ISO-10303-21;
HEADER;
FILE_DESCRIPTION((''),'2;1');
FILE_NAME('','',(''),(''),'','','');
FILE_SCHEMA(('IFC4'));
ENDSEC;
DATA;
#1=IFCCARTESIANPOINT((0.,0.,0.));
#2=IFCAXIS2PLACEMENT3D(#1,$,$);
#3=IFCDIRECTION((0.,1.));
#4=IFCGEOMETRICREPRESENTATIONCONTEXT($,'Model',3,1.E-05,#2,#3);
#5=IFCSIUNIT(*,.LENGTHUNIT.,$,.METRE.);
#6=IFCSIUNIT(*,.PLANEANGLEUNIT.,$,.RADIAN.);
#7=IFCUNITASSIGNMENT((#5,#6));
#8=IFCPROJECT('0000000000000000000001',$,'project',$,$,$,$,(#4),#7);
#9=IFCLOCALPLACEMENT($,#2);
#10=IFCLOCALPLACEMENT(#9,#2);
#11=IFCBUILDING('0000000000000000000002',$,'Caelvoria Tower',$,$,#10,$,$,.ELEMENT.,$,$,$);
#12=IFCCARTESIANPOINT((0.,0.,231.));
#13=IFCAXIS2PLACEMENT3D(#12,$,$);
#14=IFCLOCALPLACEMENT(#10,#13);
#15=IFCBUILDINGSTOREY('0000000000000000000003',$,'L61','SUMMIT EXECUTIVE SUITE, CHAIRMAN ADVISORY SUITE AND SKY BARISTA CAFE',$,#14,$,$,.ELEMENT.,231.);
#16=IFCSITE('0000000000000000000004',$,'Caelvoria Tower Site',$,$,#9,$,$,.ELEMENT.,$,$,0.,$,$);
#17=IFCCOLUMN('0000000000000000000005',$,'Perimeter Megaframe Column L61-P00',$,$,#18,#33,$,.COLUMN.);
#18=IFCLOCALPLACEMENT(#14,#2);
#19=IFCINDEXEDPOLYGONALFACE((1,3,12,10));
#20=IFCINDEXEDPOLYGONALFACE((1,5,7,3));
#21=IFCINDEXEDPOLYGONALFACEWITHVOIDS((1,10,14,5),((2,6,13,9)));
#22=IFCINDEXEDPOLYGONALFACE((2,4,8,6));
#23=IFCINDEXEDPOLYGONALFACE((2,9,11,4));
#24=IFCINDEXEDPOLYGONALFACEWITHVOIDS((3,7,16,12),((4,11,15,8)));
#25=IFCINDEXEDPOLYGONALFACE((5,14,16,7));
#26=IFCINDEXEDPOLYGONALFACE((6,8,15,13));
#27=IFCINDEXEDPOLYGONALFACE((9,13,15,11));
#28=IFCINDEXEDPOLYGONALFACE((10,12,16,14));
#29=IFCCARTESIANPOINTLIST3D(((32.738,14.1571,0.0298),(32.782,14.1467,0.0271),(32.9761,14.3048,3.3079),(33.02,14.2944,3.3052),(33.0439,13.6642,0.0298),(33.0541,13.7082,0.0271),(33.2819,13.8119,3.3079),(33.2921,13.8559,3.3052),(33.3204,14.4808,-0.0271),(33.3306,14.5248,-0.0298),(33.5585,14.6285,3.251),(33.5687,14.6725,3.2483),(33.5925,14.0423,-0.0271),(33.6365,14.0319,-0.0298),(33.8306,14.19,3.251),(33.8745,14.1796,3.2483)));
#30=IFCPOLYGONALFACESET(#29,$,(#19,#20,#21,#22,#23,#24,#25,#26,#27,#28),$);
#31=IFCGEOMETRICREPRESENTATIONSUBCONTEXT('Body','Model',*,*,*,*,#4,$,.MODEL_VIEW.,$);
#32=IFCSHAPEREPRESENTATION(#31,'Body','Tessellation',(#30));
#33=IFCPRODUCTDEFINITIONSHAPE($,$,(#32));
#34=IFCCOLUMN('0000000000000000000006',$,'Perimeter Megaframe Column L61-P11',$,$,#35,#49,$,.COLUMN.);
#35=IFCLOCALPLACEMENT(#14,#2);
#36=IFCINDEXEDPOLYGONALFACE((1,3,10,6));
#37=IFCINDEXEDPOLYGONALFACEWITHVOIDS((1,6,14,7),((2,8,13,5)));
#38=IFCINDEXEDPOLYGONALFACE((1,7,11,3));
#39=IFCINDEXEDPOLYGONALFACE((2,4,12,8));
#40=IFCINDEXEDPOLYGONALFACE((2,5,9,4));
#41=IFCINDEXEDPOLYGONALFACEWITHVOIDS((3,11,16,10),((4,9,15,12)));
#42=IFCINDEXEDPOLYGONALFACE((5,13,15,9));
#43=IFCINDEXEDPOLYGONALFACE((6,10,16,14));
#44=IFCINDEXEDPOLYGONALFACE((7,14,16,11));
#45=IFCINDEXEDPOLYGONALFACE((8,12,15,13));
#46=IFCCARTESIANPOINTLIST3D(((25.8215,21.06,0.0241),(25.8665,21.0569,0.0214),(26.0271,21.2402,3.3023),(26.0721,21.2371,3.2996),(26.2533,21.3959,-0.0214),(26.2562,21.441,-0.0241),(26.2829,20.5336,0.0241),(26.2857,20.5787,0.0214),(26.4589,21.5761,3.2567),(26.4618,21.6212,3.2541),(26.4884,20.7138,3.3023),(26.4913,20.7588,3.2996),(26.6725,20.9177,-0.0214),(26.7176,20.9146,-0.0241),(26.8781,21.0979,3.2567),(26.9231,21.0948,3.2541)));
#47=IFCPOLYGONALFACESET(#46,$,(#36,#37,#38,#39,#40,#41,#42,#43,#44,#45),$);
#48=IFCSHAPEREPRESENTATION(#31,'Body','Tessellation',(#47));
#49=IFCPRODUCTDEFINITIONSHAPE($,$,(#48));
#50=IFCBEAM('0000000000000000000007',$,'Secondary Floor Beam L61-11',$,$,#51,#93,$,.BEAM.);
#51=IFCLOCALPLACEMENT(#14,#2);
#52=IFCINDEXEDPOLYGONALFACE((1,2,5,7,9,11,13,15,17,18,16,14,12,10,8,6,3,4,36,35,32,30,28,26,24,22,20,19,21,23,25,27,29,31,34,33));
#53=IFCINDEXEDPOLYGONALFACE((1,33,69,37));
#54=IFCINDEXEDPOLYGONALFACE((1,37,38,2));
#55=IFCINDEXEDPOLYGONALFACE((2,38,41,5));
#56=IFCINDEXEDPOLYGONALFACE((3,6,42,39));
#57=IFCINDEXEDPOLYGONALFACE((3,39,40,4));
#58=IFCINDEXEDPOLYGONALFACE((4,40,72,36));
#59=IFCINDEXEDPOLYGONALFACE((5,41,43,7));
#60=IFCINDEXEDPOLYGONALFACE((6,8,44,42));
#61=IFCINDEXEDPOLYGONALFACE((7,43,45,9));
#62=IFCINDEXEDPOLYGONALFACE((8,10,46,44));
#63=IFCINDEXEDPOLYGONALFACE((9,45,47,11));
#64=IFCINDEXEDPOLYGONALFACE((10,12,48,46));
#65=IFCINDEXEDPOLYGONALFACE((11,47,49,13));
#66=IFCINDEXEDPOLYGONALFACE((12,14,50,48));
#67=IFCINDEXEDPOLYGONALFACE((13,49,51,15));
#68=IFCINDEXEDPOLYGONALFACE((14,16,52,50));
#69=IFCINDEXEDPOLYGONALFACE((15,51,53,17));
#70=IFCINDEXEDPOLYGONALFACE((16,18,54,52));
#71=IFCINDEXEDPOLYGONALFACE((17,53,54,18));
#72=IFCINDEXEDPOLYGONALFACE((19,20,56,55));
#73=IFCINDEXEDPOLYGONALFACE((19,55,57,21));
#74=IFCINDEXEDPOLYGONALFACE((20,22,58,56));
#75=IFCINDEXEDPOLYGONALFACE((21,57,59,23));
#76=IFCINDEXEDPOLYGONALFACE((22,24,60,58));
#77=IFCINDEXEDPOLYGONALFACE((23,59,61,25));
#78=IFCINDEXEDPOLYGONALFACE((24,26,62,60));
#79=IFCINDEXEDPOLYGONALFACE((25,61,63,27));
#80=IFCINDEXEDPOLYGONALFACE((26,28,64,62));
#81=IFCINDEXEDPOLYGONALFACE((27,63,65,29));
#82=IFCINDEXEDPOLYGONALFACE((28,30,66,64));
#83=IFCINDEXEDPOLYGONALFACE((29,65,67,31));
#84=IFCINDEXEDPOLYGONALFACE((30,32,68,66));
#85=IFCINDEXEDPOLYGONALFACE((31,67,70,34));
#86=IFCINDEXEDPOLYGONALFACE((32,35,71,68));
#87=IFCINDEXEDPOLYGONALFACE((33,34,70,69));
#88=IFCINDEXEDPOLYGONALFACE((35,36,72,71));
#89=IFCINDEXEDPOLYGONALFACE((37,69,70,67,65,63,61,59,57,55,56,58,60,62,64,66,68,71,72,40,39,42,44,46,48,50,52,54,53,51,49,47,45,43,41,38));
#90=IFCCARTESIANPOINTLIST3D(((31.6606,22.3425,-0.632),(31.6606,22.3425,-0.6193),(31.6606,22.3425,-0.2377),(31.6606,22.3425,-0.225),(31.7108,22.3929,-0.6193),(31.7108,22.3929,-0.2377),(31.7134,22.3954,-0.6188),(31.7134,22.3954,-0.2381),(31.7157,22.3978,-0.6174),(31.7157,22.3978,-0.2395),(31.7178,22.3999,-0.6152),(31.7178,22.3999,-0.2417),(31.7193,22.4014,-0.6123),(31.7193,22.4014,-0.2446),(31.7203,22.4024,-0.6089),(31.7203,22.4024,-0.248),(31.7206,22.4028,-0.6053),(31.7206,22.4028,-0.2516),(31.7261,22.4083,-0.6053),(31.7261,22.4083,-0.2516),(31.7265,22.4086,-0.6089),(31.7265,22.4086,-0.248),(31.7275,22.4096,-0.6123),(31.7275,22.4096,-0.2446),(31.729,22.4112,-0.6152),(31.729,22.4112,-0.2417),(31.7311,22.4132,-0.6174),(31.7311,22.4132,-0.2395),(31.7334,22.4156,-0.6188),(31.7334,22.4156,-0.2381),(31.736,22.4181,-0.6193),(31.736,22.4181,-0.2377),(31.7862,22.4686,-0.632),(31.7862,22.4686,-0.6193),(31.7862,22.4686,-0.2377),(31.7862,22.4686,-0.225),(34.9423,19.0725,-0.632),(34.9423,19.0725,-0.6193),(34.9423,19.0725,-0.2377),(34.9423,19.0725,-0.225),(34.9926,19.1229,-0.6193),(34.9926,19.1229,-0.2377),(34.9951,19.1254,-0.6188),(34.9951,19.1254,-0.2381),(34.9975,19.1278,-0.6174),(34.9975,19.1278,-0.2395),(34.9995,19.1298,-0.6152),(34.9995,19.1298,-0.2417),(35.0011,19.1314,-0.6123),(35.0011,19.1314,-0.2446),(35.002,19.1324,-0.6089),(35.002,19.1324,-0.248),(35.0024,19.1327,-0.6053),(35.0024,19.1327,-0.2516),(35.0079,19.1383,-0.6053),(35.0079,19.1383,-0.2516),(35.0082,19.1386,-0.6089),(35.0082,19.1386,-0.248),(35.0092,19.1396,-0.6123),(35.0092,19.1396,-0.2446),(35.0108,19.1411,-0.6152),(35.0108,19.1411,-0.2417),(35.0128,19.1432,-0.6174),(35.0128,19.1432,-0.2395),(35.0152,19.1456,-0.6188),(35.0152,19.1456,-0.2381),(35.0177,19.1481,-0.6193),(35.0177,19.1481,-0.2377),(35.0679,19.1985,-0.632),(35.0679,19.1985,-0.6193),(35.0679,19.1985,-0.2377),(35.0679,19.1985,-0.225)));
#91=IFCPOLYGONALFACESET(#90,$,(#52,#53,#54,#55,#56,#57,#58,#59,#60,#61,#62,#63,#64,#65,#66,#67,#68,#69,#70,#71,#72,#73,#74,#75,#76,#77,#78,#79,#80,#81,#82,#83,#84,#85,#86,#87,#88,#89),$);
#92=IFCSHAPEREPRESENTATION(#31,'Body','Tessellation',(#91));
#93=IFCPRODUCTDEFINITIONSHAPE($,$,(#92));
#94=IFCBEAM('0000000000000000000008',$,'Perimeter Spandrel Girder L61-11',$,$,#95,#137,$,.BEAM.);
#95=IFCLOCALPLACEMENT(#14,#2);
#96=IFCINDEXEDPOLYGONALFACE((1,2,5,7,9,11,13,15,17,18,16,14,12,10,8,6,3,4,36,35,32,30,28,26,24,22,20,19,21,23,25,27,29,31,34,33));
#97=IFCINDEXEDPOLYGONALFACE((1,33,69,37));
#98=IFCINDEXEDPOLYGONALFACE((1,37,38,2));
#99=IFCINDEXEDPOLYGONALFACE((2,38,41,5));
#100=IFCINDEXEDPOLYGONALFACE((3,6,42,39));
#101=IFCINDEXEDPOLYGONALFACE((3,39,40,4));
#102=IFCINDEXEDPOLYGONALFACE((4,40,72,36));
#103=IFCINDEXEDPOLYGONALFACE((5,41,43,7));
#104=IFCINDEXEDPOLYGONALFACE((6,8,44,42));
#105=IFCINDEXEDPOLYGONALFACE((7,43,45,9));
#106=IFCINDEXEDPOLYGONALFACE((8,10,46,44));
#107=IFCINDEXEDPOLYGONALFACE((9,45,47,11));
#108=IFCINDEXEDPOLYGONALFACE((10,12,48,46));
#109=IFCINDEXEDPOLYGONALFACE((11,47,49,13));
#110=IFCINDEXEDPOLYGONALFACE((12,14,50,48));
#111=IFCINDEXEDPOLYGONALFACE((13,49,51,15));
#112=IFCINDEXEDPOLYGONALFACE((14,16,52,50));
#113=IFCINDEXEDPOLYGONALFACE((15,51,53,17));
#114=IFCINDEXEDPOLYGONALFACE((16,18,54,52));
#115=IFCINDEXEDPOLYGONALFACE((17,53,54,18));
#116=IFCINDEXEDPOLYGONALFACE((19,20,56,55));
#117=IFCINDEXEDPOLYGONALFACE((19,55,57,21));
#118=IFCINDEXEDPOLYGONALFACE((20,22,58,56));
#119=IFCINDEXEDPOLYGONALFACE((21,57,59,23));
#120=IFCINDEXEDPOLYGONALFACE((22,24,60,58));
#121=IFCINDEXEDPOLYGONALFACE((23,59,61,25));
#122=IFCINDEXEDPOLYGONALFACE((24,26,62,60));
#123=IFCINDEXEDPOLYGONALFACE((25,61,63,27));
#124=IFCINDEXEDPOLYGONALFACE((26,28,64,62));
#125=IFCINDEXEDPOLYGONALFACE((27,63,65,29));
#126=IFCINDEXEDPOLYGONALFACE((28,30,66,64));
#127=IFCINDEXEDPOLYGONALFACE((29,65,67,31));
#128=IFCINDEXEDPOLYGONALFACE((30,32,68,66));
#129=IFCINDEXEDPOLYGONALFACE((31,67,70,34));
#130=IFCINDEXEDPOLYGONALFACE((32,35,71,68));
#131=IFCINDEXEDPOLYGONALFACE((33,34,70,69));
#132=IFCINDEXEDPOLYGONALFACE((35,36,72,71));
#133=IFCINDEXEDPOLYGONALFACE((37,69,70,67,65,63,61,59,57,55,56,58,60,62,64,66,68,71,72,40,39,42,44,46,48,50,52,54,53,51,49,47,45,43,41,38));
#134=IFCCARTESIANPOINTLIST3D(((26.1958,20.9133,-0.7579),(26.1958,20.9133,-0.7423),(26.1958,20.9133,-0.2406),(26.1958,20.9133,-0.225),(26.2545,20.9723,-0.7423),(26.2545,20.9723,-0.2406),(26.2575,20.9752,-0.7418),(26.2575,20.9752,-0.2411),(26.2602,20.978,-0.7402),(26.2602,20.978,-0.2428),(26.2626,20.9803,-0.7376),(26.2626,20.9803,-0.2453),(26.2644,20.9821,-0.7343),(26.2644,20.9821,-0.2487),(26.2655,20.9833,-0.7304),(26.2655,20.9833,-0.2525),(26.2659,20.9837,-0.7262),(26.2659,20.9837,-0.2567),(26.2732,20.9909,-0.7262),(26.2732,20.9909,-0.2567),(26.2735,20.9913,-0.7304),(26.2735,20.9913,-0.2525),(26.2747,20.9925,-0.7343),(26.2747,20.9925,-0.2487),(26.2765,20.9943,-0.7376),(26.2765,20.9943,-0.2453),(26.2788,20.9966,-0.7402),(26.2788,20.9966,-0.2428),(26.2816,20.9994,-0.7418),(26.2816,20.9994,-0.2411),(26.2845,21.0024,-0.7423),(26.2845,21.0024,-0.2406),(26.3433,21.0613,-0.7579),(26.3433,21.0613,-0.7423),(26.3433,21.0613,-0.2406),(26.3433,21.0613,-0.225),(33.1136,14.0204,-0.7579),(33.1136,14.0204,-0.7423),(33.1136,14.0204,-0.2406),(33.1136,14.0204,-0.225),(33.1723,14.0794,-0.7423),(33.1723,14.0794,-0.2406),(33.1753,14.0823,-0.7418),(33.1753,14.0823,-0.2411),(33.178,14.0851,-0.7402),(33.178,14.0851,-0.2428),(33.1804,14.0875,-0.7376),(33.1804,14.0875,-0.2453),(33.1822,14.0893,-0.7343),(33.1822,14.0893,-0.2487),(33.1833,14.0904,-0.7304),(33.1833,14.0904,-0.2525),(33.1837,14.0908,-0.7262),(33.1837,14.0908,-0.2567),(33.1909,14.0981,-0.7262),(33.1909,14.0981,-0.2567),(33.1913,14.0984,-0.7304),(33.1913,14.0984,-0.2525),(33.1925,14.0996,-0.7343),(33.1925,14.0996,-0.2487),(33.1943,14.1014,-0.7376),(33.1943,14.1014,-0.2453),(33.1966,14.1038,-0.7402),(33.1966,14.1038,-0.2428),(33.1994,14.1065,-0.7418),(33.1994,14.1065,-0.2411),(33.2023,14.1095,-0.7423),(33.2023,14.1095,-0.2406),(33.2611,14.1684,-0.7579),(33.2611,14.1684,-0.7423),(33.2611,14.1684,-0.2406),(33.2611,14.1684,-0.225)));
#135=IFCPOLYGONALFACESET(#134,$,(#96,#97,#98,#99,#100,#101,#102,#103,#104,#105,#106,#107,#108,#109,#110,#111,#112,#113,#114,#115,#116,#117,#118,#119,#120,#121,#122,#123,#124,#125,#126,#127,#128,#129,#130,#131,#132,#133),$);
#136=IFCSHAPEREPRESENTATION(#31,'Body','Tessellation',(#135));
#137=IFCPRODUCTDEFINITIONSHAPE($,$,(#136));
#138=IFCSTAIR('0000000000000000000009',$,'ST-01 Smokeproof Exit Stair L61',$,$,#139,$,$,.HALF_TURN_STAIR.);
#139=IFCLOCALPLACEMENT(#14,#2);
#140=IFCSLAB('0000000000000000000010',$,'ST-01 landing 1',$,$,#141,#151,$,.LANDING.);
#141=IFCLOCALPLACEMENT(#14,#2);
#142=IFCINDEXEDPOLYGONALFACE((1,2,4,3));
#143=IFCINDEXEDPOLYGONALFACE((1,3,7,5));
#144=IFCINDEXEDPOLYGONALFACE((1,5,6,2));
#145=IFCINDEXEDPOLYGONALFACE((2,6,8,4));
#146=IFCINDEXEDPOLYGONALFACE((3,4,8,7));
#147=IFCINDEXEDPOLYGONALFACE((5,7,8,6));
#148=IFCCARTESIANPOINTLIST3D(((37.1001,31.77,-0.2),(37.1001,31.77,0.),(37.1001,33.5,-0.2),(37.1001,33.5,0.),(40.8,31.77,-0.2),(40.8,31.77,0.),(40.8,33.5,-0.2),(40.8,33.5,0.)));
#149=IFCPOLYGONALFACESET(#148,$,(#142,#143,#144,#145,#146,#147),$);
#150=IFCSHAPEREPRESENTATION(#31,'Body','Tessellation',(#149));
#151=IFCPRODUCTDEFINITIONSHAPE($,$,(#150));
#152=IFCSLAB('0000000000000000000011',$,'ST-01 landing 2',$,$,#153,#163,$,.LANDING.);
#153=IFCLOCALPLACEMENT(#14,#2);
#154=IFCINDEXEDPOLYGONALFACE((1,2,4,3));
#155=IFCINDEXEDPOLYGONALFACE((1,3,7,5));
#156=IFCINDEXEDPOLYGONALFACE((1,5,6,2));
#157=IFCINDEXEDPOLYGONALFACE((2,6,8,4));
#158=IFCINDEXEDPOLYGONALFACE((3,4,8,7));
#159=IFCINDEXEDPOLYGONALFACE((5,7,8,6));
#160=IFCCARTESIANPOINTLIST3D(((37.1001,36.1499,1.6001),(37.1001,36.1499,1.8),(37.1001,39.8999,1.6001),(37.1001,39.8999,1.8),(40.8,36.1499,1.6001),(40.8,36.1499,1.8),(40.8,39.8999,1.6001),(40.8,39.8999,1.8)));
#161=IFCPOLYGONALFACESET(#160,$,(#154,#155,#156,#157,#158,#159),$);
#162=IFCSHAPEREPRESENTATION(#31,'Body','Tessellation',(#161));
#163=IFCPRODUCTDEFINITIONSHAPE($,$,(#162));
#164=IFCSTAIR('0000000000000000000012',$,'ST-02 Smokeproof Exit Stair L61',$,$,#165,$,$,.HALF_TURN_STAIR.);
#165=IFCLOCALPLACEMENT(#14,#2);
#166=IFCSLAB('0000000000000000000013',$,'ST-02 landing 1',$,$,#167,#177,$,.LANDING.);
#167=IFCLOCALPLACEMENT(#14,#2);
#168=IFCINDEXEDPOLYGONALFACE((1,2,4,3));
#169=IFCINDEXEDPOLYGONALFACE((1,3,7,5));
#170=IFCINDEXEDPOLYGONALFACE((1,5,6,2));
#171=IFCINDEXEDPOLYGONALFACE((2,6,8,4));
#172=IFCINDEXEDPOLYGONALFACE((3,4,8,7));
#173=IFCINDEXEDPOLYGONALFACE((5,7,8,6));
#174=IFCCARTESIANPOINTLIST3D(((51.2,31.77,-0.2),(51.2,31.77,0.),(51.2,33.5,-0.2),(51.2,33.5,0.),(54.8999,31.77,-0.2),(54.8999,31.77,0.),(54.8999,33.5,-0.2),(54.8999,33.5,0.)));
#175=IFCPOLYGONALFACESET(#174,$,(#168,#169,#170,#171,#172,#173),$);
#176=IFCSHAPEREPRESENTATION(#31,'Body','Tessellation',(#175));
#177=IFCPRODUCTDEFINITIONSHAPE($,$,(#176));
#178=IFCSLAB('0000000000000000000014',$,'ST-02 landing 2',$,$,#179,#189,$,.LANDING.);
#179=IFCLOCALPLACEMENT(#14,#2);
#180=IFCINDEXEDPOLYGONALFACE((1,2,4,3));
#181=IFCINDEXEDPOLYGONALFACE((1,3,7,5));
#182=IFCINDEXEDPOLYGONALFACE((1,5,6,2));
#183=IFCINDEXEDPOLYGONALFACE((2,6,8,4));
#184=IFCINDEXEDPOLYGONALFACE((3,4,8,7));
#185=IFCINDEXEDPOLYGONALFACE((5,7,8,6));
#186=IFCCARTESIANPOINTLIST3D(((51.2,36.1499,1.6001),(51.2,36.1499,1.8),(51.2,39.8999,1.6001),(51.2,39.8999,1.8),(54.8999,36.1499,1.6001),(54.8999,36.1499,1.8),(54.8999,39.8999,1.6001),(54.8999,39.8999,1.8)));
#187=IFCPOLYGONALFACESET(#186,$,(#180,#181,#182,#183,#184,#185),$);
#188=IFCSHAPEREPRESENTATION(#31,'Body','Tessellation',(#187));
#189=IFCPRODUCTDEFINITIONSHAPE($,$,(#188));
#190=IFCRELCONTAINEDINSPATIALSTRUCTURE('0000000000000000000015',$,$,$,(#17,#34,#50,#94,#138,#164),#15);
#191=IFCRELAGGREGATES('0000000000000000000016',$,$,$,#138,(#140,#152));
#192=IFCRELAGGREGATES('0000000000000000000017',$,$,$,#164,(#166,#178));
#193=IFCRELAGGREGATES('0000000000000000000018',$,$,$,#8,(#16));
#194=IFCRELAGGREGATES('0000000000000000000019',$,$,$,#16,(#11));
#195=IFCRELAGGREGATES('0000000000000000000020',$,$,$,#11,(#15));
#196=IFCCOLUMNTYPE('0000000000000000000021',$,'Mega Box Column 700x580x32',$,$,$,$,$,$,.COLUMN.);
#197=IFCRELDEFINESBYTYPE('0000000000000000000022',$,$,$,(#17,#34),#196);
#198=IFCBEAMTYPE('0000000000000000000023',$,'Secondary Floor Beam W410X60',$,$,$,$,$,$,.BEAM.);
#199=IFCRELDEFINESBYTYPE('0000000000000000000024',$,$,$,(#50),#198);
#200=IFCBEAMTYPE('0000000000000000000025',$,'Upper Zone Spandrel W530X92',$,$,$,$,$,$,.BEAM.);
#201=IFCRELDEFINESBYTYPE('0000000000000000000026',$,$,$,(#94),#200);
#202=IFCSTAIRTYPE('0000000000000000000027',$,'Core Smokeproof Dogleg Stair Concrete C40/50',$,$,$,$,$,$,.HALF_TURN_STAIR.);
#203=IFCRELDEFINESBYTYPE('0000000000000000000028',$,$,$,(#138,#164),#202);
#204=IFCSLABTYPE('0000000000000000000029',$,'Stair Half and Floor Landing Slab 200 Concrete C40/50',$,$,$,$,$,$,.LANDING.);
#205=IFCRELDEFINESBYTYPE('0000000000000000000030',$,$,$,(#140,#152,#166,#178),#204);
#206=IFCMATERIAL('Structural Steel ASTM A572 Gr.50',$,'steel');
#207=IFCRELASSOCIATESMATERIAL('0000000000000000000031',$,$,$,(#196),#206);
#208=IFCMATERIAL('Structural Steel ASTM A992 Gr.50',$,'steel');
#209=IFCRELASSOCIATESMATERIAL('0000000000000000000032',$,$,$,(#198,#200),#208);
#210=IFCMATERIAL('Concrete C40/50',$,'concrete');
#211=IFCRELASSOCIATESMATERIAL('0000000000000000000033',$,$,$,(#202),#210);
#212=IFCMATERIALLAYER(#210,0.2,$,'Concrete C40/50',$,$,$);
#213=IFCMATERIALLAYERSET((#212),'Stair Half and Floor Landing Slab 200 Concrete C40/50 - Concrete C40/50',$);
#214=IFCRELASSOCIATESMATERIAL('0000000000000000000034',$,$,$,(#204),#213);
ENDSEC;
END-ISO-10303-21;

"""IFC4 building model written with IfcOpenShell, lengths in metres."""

from ifc_helpers import new_model, si_unit, direction, frame, origin, origin_2d, place, context, subcontext, project, spatial, polyline, hollow_rectangle, i_section, outline, extrude, material, layer, layer_set, material_profile, profile_set, type_object, element, aggregate, save


model = new_model("IFC4")

# Units and contexts
model_context = context("Model", 3, precision=1e-05, world=origin(), true_north=direction((0.0, 1.0)))
body_context = subcontext(model_context, "Body", "Model", "MODEL_VIEW")
ifc_project = project(units=[si_unit("LENGTHUNIT", "METRE"), si_unit("PLANEANGLEUNIT", "RADIAN")], contexts=[model_context])

# Site, building, storey
site_placement = place(None, origin())
site = spatial("IfcSite", under=ifc_project, at=site_placement, Name="Caelvoria Tower Site", CompositionType="ELEMENT", RefElevation=0.0)
building_placement = place(site_placement, origin())
building = spatial("IfcBuilding", under=site, at=building_placement, Name="Caelvoria Tower", CompositionType="ELEMENT")
storey_placement = place(building_placement, frame((0.0, 0.0, 231.0)))
storey = spatial("IfcBuildingStorey", under=building, at=storey_placement, Name="L61", Description="SUMMIT EXECUTIVE SUITE, CHAIRMAN ADVISORY SUITE AND SKY BARISTA CAFE", CompositionType="ELEMENT", Elevation=231.0)

# Columns
ifc_material_1 = material(Name="Structural Steel ASTM A572 Gr.50", Category="steel")
ifc_material_profile_1 = material_profile(ifc_material_1, hollow_rectangle(XDim=0.5801, YDim=0.7, WallThickness=0.032, at=origin_2d()), Name="Structural Steel ASTM A572 Gr.50")
ifc_profile_set_1 = profile_set([ifc_material_profile_1], Name="BOX700X580X32 - Structural Steel ASTM A572 Gr.50")
column_type = type_object("IfcColumnType", Name="Mega Box Column 700x580x32", PredefinedType="COLUMN", material=ifc_profile_set_1)
column_1_placement = place(storey_placement, frame((33.1873, 14.0945, 0.0), z_axis=(0.072351, 0.044895, 0.996368), x_axis=(-0.527254, 0.849707, 0.0)))
element("IfcColumn", 1, at=column_1_placement, inside=storey, type_object=column_type, Name="Perimeter Megaframe Column L61-P00", PredefinedType="COLUMN", context=body_context, shape_type="SweptSolid", body=[
    extrude(hollow_rectangle(XDim=0.5801, YDim=0.7, WallThickness=0.032, at=origin_2d()), origin(), (0.0, 0.0, 1.0), 3.29),
])
column_2_placement = place(storey_placement, frame((26.2695, 20.9873, 0.0), z_axis=(0.062493, 0.054774, 0.996541), x_axis=(-0.749422, -0.656857, 0.083099)))
element("IfcColumn", 2, at=column_2_placement, inside=storey, type_object=column_type, Name="Perimeter Megaframe Column L61-P11", PredefinedType="COLUMN", context=body_context, shape_type="SweptSolid", body=[
    extrude(hollow_rectangle(XDim=0.5801, YDim=0.7, WallThickness=0.032, at=origin_2d()), origin(), (0.0, 0.0, 1.0), 3.2896),
])

# Beams
ifc_material_2 = material(Name="Structural Steel ASTM A992 Gr.50", Category="steel")
ifc_material_profile_2 = material_profile(ifc_material_2, i_section(OverallWidth=0.178, OverallDepth=0.407, WebThickness=0.0078, FlangeThickness=0.0127, FilletRadius=0.0139, at=origin_2d()), Name="Structural Steel ASTM A992 Gr.50")
ifc_profile_set_2 = profile_set([ifc_material_profile_2], Name="W410X60 - Structural Steel ASTM A992 Gr.50")
beam_type_1 = type_object("IfcBeamType", Name="Secondary Floor Beam W410X60", PredefinedType="BEAM", material=ifc_profile_set_2)
beam_1_placement = place(storey_placement, frame((31.7234, 22.4055, -0.4285), z_axis=(0.70837, -0.705841, 0.0), x_axis=(0.705841, 0.70837, 0.0)))
element("IfcBeam", 3, at=beam_1_placement, inside=storey, type_object=beam_type_1, Name="Secondary Floor Beam L61-11", PredefinedType="BEAM", context=body_context, shape_type="SweptSolid", body=[
    extrude(i_section(OverallWidth=0.178, OverallDepth=0.407, WebThickness=0.0078, FlangeThickness=0.0127, FilletRadius=0.0139, at=origin_2d()), origin(), (0.0, 0.0, 1.0), 4.6328),
])
ifc_material_profile_3 = material_profile(ifc_material_2, i_section(OverallWidth=0.209, OverallDepth=0.533, WebThickness=0.0103, FlangeThickness=0.0156, FilletRadius=0.0161, at=origin_2d()), Name="Structural Steel ASTM A992 Gr.50")
ifc_profile_set_3 = profile_set([ifc_material_profile_3], Name="W530X92 - Structural Steel ASTM A992 Gr.50")
beam_type_2 = type_object("IfcBeamType", Name="Upper Zone Spandrel W530X92", PredefinedType="BEAM", material=ifc_profile_set_3)
beam_2_placement = place(storey_placement, frame((26.2695, 20.9873, -0.4915), z_axis=(0.708381, -0.705831, 0.0), x_axis=(0.705831, 0.708381, 0.0)))
element("IfcBeam", 4, at=beam_2_placement, inside=storey, type_object=beam_type_2, Name="Perimeter Spandrel Girder L61-11", PredefinedType="BEAM", context=body_context, shape_type="SweptSolid", body=[
    extrude(i_section(OverallWidth=0.209, OverallDepth=0.533, WebThickness=0.0103, FlangeThickness=0.0156, FilletRadius=0.0161, at=origin_2d()), origin(), (0.0, 0.0, 1.0), 9.7656),
])

# Stairs, slabs
ifc_material_3 = material(Name="Concrete C40/50", Category="concrete")
stair_type = type_object("IfcStairType", Name="Core Smokeproof Dogleg Stair Concrete C40/50", PredefinedType="HALF_TURN_STAIR", material=ifc_material_3)
stair_1_placement = place(storey_placement, origin())
stair_1 = element("IfcStair", 5, at=stair_1_placement, inside=storey, type_object=stair_type, Name="ST-01 Smokeproof Exit Stair L61", PredefinedType="HALF_TURN_STAIR")
ifc_layer_1 = layer(ifc_material_3, 0.2, Name="Concrete C40/50")
ifc_layer_set_1 = layer_set([ifc_layer_1], Name="Stair Half and Floor Landing Slab 200 Concrete C40/50 - Concrete C40/50")
slab_type_1 = type_object("IfcSlabType", Name="Stair Half and Floor Landing Slab 200 Concrete C40/50", PredefinedType="LANDING", material=ifc_layer_set_1)
slab_1_placement = place(storey_placement, frame((0.0, 0.0, -0.2)))
slab_1 = element("IfcSlab", 6, at=slab_1_placement, type_object=slab_type_1, Name="ST-01 landing 1", PredefinedType="LANDING", context=body_context, shape_type="SweptSolid", body=[
    extrude(outline(polyline([(37.1001, 31.77), (40.8, 31.77), (40.8, 33.5), (37.1001, 33.5), (37.1001, 31.77)])), origin(), (0.0, 0.0, 1.0), 0.2),
])
slab_2_placement = place(storey_placement, frame((0.0, 0.0, 1.6001)))
slab_2 = element("IfcSlab", 7, at=slab_2_placement, type_object=slab_type_1, Name="ST-01 landing 2", PredefinedType="LANDING", context=body_context, shape_type="SweptSolid", body=[
    extrude(outline(polyline([(37.1001, 36.1499), (40.8, 36.1499), (40.8, 39.8999), (37.1001, 39.8999), (37.1001, 36.1499)])), origin(), (0.0, 0.0, 1.0), 0.2),
])
aggregate(stair_1, [slab_1, slab_2])
stair_2_placement = place(storey_placement, origin())
stair_2 = element("IfcStair", 8, at=stair_2_placement, inside=storey, type_object=stair_type, Name="ST-02 Smokeproof Exit Stair L61", PredefinedType="HALF_TURN_STAIR")
slab_3_placement = place(storey_placement, frame((0.0, 0.0, -0.2)))
slab_3 = element("IfcSlab", 9, at=slab_3_placement, type_object=slab_type_1, Name="ST-02 landing 1", PredefinedType="LANDING", context=body_context, shape_type="SweptSolid", body=[
    extrude(outline(polyline([(51.2, 31.77), (54.8999, 31.77), (54.8999, 33.5), (51.2, 33.5), (51.2, 31.77)])), origin(), (0.0, 0.0, 1.0), 0.2),
])
slab_4_placement = place(storey_placement, frame((0.0, 0.0, 1.6001)))
slab_4 = element("IfcSlab", 10, at=slab_4_placement, type_object=slab_type_1, Name="ST-02 landing 2", PredefinedType="LANDING", context=body_context, shape_type="SweptSolid", body=[
    extrude(outline(polyline([(51.2, 36.1499), (54.8999, 36.1499), (54.8999, 39.8999), (51.2, 39.8999), (51.2, 36.1499)])), origin(), (0.0, 0.0, 1.0), 0.2),
])
aggregate(stair_2, [slab_3, slab_4])

save(model, "model.ifc")
